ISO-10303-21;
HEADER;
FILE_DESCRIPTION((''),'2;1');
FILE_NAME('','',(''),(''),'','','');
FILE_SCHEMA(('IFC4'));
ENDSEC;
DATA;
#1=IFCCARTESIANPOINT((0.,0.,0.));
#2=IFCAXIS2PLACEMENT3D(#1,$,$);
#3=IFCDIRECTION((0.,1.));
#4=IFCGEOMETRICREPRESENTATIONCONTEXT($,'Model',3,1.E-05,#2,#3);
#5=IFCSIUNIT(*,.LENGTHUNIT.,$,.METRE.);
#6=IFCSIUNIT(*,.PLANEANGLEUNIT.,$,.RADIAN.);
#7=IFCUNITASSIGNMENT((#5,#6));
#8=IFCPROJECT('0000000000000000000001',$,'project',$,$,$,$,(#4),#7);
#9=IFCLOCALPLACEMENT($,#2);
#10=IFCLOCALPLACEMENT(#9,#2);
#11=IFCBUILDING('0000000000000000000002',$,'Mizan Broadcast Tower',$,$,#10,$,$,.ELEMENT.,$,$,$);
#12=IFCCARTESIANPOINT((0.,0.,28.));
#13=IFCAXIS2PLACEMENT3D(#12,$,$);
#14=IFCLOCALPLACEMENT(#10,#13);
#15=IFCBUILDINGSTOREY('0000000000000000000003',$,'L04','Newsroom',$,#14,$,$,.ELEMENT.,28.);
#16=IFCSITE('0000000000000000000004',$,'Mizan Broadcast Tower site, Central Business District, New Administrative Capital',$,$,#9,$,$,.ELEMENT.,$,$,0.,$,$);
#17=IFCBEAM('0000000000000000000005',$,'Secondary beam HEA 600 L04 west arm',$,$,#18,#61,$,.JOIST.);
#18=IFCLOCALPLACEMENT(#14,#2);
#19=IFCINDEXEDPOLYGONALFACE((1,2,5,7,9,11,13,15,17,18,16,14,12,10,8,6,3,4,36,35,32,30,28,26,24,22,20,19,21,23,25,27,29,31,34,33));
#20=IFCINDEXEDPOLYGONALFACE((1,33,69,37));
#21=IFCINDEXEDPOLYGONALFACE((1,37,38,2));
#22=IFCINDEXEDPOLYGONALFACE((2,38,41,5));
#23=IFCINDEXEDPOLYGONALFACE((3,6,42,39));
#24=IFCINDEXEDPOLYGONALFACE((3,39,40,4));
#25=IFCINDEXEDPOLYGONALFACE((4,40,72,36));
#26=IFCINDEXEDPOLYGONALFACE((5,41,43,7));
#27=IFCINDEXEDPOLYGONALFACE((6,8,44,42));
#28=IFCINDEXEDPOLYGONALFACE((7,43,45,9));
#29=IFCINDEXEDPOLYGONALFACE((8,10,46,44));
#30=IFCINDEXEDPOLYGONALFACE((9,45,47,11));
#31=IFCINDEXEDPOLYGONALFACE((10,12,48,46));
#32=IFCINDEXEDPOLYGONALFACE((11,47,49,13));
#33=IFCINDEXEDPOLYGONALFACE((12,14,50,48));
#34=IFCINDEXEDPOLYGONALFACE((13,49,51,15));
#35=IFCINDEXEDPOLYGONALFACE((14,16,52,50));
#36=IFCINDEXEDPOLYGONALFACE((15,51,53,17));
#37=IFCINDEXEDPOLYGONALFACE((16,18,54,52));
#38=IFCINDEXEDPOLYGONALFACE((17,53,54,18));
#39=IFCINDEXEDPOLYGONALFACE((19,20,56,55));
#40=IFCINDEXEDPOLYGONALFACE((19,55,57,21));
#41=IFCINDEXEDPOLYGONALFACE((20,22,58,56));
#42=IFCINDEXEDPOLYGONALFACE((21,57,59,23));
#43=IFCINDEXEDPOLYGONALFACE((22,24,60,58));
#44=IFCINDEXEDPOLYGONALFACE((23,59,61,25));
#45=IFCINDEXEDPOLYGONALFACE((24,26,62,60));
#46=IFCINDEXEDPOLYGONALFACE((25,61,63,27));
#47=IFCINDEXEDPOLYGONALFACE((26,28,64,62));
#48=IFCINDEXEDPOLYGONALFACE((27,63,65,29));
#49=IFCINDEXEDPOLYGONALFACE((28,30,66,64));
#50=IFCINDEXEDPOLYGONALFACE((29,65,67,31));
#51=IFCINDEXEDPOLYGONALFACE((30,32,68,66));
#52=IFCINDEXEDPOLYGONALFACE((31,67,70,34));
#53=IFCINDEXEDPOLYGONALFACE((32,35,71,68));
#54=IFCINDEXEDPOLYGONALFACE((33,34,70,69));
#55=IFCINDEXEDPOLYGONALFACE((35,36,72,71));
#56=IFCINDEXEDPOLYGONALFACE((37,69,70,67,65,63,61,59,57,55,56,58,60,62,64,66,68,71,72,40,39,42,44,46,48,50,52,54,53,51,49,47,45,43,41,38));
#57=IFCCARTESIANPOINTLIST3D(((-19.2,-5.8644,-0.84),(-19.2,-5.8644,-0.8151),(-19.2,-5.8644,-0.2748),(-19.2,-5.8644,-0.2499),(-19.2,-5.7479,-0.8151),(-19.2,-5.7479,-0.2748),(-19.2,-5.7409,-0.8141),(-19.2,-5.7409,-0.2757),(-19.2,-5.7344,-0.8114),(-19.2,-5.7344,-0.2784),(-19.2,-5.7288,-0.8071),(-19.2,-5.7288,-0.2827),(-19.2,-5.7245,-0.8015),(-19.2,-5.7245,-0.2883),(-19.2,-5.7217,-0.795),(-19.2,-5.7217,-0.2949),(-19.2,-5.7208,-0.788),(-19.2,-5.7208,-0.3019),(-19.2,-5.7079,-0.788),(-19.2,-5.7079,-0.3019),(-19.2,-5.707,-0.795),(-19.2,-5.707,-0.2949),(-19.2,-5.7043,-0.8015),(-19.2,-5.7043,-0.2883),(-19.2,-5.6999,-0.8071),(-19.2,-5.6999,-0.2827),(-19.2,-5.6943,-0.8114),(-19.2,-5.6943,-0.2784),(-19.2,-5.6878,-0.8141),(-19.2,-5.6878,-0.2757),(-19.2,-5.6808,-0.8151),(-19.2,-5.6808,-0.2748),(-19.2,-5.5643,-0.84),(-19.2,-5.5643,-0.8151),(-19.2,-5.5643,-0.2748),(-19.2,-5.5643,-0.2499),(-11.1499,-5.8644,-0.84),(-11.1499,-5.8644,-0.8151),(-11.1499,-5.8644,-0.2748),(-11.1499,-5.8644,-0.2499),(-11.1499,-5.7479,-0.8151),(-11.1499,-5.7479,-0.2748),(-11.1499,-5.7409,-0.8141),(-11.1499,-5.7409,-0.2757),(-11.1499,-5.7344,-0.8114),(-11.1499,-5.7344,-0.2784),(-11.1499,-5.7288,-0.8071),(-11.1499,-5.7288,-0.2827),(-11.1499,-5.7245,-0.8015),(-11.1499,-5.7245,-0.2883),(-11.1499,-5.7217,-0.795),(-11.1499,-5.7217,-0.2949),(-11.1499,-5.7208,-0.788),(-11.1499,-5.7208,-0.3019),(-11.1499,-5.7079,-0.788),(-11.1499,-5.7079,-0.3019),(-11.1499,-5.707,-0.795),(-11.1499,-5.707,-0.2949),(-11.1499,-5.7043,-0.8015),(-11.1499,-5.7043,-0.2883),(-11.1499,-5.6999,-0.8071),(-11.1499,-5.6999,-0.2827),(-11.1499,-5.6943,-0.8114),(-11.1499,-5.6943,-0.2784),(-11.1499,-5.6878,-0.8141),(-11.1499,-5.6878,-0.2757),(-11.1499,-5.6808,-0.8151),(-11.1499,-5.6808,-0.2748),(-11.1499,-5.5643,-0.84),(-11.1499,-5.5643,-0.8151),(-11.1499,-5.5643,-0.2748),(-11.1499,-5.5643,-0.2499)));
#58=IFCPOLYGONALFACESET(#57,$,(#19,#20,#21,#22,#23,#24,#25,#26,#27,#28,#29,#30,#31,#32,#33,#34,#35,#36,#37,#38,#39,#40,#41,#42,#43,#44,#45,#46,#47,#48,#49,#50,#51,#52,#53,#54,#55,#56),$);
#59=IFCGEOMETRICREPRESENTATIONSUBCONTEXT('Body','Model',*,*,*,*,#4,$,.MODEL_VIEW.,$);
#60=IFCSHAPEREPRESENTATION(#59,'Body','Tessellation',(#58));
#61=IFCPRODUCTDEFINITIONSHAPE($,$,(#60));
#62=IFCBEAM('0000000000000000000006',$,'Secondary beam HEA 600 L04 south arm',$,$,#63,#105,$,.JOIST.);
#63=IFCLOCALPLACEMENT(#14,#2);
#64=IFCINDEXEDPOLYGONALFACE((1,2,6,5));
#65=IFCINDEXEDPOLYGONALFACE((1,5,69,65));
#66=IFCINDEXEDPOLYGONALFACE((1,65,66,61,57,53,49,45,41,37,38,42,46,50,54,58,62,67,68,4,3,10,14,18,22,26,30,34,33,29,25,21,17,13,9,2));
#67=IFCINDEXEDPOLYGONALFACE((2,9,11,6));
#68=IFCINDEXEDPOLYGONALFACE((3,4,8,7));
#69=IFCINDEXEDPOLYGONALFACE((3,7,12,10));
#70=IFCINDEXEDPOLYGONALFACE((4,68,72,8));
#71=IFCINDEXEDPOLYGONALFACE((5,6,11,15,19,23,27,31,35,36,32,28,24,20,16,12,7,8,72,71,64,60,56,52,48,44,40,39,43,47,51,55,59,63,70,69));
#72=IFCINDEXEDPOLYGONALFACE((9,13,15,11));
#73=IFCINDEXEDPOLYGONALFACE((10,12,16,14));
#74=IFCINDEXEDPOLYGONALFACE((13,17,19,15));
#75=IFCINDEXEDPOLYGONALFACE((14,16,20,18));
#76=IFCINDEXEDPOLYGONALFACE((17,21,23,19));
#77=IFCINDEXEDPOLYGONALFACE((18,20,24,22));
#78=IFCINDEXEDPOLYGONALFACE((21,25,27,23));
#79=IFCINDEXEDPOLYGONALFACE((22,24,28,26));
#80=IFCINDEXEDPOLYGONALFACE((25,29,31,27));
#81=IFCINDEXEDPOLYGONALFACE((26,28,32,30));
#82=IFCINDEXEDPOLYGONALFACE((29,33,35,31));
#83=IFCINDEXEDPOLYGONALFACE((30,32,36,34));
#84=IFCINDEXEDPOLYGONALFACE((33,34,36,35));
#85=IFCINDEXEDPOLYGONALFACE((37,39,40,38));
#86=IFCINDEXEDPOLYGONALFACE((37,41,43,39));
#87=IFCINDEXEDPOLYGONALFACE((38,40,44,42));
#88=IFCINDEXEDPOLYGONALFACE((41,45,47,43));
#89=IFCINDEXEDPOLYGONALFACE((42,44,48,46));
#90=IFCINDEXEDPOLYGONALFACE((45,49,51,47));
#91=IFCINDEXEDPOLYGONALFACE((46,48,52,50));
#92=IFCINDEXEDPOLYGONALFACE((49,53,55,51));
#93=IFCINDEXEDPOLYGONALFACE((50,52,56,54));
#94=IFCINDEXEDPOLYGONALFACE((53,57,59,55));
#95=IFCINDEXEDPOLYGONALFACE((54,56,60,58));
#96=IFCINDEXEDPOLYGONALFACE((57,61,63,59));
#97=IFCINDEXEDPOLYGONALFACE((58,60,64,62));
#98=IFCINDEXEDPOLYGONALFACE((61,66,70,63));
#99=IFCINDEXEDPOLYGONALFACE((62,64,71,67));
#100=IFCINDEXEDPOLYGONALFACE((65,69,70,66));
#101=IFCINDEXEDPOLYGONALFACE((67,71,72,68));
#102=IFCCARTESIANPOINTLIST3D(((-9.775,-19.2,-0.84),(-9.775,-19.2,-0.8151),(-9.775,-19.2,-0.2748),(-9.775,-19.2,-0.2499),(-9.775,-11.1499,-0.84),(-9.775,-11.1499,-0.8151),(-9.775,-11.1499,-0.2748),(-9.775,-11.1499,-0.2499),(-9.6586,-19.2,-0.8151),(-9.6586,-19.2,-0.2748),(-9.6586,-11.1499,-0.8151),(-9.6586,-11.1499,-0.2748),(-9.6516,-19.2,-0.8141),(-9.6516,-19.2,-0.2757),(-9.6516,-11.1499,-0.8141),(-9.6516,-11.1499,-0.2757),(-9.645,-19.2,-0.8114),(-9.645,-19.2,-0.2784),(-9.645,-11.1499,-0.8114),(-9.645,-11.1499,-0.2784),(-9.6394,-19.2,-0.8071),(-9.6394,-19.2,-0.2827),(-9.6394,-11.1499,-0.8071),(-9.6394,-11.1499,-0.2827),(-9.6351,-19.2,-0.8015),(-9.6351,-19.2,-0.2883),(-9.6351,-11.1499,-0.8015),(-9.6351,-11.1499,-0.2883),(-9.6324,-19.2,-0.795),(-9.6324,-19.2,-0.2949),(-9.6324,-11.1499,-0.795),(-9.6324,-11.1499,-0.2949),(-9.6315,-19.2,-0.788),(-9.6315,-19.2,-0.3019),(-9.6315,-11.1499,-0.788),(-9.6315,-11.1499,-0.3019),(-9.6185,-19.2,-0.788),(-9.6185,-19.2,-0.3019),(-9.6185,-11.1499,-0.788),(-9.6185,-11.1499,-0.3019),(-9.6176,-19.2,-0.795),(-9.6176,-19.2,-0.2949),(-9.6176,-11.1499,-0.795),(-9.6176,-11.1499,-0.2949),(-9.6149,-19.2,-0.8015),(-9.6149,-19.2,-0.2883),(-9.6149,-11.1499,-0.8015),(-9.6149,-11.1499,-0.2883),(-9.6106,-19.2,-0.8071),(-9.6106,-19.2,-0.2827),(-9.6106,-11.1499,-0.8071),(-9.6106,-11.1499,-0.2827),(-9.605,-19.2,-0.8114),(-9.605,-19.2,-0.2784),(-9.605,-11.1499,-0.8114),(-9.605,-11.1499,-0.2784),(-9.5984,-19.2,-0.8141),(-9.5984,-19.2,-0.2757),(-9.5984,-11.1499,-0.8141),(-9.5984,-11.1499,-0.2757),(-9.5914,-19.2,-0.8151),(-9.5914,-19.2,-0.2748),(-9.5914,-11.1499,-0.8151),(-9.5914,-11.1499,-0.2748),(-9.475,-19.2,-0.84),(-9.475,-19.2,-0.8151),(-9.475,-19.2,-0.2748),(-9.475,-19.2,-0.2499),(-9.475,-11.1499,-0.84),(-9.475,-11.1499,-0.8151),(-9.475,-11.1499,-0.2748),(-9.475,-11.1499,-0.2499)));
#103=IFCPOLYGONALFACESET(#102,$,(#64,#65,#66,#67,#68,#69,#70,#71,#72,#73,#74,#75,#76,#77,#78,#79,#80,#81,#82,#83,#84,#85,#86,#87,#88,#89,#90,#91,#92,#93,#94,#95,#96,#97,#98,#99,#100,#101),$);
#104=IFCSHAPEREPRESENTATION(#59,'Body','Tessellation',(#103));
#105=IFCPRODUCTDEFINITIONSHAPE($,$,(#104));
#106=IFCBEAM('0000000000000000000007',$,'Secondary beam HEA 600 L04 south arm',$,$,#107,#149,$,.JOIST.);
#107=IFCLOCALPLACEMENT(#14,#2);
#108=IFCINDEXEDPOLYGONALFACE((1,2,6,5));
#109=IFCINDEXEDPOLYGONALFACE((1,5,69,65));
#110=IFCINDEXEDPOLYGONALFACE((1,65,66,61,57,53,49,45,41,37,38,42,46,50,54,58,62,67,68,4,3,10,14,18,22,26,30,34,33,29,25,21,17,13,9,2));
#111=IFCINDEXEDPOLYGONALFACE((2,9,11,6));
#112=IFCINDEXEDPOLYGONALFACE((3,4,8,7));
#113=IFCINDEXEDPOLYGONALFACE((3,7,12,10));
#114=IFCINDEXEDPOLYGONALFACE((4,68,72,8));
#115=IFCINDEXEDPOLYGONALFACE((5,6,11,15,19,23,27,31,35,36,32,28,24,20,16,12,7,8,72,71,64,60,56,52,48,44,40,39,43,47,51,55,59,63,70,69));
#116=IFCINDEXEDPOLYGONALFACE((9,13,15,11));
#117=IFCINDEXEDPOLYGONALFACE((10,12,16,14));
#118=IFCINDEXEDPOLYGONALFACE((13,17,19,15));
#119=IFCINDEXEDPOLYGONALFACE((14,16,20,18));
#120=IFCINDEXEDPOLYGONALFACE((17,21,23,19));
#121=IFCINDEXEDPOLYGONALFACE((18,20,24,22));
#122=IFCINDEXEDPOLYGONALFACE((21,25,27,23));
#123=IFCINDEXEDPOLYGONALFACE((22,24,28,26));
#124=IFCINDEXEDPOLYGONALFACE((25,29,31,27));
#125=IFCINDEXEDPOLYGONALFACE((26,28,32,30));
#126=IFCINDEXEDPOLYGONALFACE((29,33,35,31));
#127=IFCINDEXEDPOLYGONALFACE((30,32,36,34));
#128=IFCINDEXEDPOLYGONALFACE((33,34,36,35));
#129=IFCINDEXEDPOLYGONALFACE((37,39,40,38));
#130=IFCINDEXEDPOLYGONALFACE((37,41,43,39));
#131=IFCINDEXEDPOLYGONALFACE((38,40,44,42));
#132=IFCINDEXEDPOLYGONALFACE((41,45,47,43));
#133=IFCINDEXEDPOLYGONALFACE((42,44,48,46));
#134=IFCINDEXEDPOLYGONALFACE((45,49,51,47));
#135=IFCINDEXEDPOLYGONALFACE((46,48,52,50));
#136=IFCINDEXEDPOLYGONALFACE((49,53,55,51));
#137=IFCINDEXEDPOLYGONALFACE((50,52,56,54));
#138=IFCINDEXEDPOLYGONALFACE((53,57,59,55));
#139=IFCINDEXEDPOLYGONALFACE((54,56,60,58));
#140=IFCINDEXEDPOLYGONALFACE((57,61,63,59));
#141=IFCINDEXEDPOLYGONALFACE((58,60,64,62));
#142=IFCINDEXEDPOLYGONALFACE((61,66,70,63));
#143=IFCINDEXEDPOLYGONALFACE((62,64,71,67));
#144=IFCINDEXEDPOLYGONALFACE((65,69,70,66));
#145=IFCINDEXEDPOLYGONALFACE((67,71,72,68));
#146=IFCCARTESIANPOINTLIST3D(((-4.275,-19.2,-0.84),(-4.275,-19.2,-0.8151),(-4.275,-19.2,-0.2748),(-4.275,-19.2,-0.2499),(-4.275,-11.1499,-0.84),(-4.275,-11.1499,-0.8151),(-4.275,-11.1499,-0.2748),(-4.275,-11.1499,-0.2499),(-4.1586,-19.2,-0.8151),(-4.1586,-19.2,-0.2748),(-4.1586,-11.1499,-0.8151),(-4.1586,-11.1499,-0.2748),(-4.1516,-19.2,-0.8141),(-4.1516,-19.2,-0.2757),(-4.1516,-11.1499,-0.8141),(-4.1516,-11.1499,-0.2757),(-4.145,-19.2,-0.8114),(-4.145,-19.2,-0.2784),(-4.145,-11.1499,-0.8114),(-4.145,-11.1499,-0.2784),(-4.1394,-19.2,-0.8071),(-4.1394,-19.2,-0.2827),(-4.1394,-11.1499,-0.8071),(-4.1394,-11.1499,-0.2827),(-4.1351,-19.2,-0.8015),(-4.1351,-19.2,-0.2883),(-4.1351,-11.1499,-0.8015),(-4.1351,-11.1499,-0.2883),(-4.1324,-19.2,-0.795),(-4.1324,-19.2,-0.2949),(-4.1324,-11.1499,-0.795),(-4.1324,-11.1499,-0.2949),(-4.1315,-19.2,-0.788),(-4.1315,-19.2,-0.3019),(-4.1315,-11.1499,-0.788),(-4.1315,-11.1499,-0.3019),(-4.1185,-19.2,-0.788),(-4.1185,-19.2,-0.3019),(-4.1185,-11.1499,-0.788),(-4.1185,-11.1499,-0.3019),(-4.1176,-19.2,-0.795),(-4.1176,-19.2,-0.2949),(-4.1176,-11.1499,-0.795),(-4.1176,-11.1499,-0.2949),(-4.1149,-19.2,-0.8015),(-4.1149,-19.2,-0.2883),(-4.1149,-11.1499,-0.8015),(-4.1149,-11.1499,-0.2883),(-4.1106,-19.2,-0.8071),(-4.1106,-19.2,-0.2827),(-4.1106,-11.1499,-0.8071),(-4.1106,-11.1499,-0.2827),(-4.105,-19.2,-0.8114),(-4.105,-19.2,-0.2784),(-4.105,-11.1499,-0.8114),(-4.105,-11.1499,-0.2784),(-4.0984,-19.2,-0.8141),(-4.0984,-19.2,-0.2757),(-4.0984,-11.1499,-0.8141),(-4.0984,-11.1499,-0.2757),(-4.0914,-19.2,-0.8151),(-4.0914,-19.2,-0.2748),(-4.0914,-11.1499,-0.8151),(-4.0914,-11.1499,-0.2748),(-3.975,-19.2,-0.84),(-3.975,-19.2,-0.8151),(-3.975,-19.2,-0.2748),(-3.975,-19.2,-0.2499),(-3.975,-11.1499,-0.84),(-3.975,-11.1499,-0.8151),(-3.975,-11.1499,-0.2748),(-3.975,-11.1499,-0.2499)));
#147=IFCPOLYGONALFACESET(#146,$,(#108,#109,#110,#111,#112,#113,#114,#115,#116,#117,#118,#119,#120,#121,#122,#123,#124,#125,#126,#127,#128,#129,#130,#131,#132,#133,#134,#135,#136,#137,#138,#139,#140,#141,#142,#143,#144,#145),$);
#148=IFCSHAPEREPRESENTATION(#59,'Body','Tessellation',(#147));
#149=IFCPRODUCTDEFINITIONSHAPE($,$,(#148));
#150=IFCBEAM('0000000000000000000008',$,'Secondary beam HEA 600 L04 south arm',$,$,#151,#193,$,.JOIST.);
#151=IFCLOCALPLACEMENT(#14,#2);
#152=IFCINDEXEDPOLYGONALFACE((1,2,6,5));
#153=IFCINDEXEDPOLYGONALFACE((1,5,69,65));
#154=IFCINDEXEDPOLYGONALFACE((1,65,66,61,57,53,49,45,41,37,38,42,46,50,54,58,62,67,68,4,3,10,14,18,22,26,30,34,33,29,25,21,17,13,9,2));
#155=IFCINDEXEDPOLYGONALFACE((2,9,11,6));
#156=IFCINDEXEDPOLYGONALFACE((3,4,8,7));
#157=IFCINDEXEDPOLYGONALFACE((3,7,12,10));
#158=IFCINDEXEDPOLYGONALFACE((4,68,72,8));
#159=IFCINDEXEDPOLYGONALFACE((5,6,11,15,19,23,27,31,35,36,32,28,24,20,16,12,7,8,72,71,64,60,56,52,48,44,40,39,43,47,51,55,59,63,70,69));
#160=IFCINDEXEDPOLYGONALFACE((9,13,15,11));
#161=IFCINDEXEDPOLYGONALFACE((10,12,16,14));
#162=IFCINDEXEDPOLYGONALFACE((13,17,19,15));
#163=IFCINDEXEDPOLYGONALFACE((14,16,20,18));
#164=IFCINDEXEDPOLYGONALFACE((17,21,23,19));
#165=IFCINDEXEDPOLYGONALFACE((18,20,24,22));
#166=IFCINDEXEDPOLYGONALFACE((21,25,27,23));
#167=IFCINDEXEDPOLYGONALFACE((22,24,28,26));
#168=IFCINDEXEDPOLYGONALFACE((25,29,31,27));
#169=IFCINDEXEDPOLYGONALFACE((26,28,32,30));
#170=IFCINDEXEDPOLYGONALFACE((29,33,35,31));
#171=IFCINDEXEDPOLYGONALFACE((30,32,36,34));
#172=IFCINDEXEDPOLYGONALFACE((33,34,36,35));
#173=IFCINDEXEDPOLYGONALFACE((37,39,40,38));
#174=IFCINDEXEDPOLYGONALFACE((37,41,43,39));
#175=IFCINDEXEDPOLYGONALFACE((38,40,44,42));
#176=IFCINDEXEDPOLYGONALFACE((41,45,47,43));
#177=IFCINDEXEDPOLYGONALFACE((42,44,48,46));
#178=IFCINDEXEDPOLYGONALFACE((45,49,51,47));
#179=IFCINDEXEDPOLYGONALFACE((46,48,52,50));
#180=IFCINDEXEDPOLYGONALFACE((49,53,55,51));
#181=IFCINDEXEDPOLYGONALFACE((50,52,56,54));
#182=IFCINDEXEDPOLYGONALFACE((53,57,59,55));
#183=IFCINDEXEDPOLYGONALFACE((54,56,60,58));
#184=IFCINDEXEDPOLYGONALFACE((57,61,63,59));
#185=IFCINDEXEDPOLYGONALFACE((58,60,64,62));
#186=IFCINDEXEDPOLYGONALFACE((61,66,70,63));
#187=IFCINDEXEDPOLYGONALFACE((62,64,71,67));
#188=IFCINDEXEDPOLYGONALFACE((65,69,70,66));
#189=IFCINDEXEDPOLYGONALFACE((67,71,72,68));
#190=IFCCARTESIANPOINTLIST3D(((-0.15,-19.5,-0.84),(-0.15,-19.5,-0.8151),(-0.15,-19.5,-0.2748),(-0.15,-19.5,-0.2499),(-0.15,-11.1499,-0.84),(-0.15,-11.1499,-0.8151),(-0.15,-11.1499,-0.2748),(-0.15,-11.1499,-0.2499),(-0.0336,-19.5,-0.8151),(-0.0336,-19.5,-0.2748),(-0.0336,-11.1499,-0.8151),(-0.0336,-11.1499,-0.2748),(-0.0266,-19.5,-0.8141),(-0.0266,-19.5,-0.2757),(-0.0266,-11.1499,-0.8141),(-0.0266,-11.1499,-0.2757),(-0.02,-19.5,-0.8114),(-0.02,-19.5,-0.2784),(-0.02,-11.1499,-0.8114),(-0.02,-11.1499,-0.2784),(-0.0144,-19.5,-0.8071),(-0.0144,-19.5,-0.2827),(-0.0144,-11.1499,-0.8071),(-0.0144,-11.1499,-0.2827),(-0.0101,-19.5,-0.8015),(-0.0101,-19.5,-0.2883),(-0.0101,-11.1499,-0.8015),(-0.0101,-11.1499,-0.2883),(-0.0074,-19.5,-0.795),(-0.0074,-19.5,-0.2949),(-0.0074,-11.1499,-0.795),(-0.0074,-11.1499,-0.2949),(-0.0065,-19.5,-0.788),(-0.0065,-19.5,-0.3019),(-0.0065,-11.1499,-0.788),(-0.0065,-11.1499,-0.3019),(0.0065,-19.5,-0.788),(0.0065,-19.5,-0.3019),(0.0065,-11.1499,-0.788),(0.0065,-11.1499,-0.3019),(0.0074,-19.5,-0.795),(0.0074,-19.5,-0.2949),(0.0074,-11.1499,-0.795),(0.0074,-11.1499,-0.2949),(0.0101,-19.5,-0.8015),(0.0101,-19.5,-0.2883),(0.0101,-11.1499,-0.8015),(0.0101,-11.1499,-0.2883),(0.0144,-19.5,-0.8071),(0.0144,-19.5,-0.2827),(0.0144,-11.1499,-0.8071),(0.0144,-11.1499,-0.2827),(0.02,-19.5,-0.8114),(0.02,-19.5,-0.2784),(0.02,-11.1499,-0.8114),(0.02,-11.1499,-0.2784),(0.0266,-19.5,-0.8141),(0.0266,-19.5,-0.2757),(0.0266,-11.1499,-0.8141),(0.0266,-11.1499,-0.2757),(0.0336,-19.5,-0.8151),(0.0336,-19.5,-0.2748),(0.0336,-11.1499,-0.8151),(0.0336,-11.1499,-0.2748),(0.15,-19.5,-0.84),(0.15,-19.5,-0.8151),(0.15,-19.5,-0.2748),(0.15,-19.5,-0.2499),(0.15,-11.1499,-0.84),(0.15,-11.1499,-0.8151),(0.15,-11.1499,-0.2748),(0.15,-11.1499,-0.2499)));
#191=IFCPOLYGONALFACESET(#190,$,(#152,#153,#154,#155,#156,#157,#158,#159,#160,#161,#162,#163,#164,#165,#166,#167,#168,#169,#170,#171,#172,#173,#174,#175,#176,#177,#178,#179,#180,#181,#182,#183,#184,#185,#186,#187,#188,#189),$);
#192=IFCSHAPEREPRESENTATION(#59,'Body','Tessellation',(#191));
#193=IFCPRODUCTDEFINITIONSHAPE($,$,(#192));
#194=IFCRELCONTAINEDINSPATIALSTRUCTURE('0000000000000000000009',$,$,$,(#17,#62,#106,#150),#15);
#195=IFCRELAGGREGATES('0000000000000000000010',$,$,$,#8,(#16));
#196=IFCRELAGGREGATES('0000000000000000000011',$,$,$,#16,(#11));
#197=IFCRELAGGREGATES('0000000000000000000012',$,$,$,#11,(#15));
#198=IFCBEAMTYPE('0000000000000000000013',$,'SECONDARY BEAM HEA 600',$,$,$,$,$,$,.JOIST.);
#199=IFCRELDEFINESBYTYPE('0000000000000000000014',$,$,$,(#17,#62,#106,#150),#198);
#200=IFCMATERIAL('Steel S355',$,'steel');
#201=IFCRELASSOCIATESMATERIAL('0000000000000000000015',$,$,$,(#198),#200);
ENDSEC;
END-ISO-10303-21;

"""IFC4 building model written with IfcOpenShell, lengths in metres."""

from ifc_helpers import new_model, si_unit, direction, frame, origin, origin_2d, place, context, subcontext, project, spatial, i_section, extrude, material, material_profile, profile_set, type_object, element, save


model = new_model("IFC4")

# Units and contexts
model_context = context("Model", 3, precision=1e-05, world=origin(), true_north=direction((0.0, 1.0)))
body_context = subcontext(model_context, "Body", "Model", "MODEL_VIEW")
ifc_project = project(units=[si_unit("LENGTHUNIT", "METRE"), si_unit("PLANEANGLEUNIT", "RADIAN")], contexts=[model_context])

# Site, building, storey
site_placement = place(None, origin())
site = spatial("IfcSite", under=ifc_project, at=site_placement, Name="Mizan Broadcast Tower site, Central Business District, New Administrative Capital", CompositionType="ELEMENT", RefElevation=0.0)
building_placement = place(site_placement, origin())
building = spatial("IfcBuilding", under=site, at=building_placement, Name="Mizan Broadcast Tower", CompositionType="ELEMENT")
storey_placement = place(building_placement, frame((0.0, 0.0, 28.0)))
storey = spatial("IfcBuildingStorey", under=building, at=storey_placement, Name="L04", Description="Newsroom", CompositionType="ELEMENT", Elevation=28.0)

# Beams
ifc_material_1 = material(Name="Steel S355", Category="steel")
ifc_material_profile_1 = material_profile(ifc_material_1, i_section(OverallWidth=0.3, OverallDepth=0.5901, WebThickness=0.0129, FlangeThickness=0.0249, FilletRadius=0.0271, at=origin_2d()), Name="HEA 600")
ifc_profile_set_1 = profile_set([ifc_material_profile_1], Name="Steel S355")
beam_type_1 = type_object("IfcBeamType", Name="SECONDARY BEAM HEA 600", PredefinedType="JOIST", material=ifc_profile_set_1)
for number, where, z_axis, x_axis, name in (
    (1, (-11.1499, -5.7144, -0.5449), (-1.0, 0.0, 0.0), (0.0, -1.0, 0.0), "Secondary beam HEA 600 L04 west arm"),
    (2, (-9.625, -11.1499, -0.5449), (0.0, -1.0, 0.0), (1.0, 0.0, 0.0), "Secondary beam HEA 600 L04 south arm"),
    (3, (-4.125, -11.1499, -0.5449), (0.0, -1.0, 0.0), (1.0, 0.0, 0.0), "Secondary beam HEA 600 L04 south arm"),
):
    element("IfcBeam", number, at=place(storey_placement, frame(where, z_axis=z_axis, x_axis=x_axis)), inside=storey, type_object=beam_type_1, Name=name, PredefinedType="JOIST", context=body_context, shape_type="SweptSolid", body=[
        extrude(i_section(OverallWidth=0.3, OverallDepth=0.5901, WebThickness=0.0129, FlangeThickness=0.0249, FilletRadius=0.0271, at=origin_2d()), origin(), (0.0, 0.0, 1.0), 8.05),
    ])
beam_placement = place(storey_placement, frame((0.0, -11.1499, -0.5449), z_axis=(0.0, -1.0, 0.0), x_axis=(1.0, 0.0, 0.0)))
element("IfcBeam", 4, at=beam_placement, inside=storey, type_object=beam_type_1, Name="Secondary beam HEA 600 L04 south arm", PredefinedType="JOIST", context=body_context, shape_type="SweptSolid", body=[
    extrude(i_section(OverallWidth=0.3, OverallDepth=0.5901, WebThickness=0.0129, FlangeThickness=0.0249, FilletRadius=0.0271, at=origin_2d()), origin(), (0.0, 0.0, 1.0), 8.3501),
])

save(model, "model.ifc")
